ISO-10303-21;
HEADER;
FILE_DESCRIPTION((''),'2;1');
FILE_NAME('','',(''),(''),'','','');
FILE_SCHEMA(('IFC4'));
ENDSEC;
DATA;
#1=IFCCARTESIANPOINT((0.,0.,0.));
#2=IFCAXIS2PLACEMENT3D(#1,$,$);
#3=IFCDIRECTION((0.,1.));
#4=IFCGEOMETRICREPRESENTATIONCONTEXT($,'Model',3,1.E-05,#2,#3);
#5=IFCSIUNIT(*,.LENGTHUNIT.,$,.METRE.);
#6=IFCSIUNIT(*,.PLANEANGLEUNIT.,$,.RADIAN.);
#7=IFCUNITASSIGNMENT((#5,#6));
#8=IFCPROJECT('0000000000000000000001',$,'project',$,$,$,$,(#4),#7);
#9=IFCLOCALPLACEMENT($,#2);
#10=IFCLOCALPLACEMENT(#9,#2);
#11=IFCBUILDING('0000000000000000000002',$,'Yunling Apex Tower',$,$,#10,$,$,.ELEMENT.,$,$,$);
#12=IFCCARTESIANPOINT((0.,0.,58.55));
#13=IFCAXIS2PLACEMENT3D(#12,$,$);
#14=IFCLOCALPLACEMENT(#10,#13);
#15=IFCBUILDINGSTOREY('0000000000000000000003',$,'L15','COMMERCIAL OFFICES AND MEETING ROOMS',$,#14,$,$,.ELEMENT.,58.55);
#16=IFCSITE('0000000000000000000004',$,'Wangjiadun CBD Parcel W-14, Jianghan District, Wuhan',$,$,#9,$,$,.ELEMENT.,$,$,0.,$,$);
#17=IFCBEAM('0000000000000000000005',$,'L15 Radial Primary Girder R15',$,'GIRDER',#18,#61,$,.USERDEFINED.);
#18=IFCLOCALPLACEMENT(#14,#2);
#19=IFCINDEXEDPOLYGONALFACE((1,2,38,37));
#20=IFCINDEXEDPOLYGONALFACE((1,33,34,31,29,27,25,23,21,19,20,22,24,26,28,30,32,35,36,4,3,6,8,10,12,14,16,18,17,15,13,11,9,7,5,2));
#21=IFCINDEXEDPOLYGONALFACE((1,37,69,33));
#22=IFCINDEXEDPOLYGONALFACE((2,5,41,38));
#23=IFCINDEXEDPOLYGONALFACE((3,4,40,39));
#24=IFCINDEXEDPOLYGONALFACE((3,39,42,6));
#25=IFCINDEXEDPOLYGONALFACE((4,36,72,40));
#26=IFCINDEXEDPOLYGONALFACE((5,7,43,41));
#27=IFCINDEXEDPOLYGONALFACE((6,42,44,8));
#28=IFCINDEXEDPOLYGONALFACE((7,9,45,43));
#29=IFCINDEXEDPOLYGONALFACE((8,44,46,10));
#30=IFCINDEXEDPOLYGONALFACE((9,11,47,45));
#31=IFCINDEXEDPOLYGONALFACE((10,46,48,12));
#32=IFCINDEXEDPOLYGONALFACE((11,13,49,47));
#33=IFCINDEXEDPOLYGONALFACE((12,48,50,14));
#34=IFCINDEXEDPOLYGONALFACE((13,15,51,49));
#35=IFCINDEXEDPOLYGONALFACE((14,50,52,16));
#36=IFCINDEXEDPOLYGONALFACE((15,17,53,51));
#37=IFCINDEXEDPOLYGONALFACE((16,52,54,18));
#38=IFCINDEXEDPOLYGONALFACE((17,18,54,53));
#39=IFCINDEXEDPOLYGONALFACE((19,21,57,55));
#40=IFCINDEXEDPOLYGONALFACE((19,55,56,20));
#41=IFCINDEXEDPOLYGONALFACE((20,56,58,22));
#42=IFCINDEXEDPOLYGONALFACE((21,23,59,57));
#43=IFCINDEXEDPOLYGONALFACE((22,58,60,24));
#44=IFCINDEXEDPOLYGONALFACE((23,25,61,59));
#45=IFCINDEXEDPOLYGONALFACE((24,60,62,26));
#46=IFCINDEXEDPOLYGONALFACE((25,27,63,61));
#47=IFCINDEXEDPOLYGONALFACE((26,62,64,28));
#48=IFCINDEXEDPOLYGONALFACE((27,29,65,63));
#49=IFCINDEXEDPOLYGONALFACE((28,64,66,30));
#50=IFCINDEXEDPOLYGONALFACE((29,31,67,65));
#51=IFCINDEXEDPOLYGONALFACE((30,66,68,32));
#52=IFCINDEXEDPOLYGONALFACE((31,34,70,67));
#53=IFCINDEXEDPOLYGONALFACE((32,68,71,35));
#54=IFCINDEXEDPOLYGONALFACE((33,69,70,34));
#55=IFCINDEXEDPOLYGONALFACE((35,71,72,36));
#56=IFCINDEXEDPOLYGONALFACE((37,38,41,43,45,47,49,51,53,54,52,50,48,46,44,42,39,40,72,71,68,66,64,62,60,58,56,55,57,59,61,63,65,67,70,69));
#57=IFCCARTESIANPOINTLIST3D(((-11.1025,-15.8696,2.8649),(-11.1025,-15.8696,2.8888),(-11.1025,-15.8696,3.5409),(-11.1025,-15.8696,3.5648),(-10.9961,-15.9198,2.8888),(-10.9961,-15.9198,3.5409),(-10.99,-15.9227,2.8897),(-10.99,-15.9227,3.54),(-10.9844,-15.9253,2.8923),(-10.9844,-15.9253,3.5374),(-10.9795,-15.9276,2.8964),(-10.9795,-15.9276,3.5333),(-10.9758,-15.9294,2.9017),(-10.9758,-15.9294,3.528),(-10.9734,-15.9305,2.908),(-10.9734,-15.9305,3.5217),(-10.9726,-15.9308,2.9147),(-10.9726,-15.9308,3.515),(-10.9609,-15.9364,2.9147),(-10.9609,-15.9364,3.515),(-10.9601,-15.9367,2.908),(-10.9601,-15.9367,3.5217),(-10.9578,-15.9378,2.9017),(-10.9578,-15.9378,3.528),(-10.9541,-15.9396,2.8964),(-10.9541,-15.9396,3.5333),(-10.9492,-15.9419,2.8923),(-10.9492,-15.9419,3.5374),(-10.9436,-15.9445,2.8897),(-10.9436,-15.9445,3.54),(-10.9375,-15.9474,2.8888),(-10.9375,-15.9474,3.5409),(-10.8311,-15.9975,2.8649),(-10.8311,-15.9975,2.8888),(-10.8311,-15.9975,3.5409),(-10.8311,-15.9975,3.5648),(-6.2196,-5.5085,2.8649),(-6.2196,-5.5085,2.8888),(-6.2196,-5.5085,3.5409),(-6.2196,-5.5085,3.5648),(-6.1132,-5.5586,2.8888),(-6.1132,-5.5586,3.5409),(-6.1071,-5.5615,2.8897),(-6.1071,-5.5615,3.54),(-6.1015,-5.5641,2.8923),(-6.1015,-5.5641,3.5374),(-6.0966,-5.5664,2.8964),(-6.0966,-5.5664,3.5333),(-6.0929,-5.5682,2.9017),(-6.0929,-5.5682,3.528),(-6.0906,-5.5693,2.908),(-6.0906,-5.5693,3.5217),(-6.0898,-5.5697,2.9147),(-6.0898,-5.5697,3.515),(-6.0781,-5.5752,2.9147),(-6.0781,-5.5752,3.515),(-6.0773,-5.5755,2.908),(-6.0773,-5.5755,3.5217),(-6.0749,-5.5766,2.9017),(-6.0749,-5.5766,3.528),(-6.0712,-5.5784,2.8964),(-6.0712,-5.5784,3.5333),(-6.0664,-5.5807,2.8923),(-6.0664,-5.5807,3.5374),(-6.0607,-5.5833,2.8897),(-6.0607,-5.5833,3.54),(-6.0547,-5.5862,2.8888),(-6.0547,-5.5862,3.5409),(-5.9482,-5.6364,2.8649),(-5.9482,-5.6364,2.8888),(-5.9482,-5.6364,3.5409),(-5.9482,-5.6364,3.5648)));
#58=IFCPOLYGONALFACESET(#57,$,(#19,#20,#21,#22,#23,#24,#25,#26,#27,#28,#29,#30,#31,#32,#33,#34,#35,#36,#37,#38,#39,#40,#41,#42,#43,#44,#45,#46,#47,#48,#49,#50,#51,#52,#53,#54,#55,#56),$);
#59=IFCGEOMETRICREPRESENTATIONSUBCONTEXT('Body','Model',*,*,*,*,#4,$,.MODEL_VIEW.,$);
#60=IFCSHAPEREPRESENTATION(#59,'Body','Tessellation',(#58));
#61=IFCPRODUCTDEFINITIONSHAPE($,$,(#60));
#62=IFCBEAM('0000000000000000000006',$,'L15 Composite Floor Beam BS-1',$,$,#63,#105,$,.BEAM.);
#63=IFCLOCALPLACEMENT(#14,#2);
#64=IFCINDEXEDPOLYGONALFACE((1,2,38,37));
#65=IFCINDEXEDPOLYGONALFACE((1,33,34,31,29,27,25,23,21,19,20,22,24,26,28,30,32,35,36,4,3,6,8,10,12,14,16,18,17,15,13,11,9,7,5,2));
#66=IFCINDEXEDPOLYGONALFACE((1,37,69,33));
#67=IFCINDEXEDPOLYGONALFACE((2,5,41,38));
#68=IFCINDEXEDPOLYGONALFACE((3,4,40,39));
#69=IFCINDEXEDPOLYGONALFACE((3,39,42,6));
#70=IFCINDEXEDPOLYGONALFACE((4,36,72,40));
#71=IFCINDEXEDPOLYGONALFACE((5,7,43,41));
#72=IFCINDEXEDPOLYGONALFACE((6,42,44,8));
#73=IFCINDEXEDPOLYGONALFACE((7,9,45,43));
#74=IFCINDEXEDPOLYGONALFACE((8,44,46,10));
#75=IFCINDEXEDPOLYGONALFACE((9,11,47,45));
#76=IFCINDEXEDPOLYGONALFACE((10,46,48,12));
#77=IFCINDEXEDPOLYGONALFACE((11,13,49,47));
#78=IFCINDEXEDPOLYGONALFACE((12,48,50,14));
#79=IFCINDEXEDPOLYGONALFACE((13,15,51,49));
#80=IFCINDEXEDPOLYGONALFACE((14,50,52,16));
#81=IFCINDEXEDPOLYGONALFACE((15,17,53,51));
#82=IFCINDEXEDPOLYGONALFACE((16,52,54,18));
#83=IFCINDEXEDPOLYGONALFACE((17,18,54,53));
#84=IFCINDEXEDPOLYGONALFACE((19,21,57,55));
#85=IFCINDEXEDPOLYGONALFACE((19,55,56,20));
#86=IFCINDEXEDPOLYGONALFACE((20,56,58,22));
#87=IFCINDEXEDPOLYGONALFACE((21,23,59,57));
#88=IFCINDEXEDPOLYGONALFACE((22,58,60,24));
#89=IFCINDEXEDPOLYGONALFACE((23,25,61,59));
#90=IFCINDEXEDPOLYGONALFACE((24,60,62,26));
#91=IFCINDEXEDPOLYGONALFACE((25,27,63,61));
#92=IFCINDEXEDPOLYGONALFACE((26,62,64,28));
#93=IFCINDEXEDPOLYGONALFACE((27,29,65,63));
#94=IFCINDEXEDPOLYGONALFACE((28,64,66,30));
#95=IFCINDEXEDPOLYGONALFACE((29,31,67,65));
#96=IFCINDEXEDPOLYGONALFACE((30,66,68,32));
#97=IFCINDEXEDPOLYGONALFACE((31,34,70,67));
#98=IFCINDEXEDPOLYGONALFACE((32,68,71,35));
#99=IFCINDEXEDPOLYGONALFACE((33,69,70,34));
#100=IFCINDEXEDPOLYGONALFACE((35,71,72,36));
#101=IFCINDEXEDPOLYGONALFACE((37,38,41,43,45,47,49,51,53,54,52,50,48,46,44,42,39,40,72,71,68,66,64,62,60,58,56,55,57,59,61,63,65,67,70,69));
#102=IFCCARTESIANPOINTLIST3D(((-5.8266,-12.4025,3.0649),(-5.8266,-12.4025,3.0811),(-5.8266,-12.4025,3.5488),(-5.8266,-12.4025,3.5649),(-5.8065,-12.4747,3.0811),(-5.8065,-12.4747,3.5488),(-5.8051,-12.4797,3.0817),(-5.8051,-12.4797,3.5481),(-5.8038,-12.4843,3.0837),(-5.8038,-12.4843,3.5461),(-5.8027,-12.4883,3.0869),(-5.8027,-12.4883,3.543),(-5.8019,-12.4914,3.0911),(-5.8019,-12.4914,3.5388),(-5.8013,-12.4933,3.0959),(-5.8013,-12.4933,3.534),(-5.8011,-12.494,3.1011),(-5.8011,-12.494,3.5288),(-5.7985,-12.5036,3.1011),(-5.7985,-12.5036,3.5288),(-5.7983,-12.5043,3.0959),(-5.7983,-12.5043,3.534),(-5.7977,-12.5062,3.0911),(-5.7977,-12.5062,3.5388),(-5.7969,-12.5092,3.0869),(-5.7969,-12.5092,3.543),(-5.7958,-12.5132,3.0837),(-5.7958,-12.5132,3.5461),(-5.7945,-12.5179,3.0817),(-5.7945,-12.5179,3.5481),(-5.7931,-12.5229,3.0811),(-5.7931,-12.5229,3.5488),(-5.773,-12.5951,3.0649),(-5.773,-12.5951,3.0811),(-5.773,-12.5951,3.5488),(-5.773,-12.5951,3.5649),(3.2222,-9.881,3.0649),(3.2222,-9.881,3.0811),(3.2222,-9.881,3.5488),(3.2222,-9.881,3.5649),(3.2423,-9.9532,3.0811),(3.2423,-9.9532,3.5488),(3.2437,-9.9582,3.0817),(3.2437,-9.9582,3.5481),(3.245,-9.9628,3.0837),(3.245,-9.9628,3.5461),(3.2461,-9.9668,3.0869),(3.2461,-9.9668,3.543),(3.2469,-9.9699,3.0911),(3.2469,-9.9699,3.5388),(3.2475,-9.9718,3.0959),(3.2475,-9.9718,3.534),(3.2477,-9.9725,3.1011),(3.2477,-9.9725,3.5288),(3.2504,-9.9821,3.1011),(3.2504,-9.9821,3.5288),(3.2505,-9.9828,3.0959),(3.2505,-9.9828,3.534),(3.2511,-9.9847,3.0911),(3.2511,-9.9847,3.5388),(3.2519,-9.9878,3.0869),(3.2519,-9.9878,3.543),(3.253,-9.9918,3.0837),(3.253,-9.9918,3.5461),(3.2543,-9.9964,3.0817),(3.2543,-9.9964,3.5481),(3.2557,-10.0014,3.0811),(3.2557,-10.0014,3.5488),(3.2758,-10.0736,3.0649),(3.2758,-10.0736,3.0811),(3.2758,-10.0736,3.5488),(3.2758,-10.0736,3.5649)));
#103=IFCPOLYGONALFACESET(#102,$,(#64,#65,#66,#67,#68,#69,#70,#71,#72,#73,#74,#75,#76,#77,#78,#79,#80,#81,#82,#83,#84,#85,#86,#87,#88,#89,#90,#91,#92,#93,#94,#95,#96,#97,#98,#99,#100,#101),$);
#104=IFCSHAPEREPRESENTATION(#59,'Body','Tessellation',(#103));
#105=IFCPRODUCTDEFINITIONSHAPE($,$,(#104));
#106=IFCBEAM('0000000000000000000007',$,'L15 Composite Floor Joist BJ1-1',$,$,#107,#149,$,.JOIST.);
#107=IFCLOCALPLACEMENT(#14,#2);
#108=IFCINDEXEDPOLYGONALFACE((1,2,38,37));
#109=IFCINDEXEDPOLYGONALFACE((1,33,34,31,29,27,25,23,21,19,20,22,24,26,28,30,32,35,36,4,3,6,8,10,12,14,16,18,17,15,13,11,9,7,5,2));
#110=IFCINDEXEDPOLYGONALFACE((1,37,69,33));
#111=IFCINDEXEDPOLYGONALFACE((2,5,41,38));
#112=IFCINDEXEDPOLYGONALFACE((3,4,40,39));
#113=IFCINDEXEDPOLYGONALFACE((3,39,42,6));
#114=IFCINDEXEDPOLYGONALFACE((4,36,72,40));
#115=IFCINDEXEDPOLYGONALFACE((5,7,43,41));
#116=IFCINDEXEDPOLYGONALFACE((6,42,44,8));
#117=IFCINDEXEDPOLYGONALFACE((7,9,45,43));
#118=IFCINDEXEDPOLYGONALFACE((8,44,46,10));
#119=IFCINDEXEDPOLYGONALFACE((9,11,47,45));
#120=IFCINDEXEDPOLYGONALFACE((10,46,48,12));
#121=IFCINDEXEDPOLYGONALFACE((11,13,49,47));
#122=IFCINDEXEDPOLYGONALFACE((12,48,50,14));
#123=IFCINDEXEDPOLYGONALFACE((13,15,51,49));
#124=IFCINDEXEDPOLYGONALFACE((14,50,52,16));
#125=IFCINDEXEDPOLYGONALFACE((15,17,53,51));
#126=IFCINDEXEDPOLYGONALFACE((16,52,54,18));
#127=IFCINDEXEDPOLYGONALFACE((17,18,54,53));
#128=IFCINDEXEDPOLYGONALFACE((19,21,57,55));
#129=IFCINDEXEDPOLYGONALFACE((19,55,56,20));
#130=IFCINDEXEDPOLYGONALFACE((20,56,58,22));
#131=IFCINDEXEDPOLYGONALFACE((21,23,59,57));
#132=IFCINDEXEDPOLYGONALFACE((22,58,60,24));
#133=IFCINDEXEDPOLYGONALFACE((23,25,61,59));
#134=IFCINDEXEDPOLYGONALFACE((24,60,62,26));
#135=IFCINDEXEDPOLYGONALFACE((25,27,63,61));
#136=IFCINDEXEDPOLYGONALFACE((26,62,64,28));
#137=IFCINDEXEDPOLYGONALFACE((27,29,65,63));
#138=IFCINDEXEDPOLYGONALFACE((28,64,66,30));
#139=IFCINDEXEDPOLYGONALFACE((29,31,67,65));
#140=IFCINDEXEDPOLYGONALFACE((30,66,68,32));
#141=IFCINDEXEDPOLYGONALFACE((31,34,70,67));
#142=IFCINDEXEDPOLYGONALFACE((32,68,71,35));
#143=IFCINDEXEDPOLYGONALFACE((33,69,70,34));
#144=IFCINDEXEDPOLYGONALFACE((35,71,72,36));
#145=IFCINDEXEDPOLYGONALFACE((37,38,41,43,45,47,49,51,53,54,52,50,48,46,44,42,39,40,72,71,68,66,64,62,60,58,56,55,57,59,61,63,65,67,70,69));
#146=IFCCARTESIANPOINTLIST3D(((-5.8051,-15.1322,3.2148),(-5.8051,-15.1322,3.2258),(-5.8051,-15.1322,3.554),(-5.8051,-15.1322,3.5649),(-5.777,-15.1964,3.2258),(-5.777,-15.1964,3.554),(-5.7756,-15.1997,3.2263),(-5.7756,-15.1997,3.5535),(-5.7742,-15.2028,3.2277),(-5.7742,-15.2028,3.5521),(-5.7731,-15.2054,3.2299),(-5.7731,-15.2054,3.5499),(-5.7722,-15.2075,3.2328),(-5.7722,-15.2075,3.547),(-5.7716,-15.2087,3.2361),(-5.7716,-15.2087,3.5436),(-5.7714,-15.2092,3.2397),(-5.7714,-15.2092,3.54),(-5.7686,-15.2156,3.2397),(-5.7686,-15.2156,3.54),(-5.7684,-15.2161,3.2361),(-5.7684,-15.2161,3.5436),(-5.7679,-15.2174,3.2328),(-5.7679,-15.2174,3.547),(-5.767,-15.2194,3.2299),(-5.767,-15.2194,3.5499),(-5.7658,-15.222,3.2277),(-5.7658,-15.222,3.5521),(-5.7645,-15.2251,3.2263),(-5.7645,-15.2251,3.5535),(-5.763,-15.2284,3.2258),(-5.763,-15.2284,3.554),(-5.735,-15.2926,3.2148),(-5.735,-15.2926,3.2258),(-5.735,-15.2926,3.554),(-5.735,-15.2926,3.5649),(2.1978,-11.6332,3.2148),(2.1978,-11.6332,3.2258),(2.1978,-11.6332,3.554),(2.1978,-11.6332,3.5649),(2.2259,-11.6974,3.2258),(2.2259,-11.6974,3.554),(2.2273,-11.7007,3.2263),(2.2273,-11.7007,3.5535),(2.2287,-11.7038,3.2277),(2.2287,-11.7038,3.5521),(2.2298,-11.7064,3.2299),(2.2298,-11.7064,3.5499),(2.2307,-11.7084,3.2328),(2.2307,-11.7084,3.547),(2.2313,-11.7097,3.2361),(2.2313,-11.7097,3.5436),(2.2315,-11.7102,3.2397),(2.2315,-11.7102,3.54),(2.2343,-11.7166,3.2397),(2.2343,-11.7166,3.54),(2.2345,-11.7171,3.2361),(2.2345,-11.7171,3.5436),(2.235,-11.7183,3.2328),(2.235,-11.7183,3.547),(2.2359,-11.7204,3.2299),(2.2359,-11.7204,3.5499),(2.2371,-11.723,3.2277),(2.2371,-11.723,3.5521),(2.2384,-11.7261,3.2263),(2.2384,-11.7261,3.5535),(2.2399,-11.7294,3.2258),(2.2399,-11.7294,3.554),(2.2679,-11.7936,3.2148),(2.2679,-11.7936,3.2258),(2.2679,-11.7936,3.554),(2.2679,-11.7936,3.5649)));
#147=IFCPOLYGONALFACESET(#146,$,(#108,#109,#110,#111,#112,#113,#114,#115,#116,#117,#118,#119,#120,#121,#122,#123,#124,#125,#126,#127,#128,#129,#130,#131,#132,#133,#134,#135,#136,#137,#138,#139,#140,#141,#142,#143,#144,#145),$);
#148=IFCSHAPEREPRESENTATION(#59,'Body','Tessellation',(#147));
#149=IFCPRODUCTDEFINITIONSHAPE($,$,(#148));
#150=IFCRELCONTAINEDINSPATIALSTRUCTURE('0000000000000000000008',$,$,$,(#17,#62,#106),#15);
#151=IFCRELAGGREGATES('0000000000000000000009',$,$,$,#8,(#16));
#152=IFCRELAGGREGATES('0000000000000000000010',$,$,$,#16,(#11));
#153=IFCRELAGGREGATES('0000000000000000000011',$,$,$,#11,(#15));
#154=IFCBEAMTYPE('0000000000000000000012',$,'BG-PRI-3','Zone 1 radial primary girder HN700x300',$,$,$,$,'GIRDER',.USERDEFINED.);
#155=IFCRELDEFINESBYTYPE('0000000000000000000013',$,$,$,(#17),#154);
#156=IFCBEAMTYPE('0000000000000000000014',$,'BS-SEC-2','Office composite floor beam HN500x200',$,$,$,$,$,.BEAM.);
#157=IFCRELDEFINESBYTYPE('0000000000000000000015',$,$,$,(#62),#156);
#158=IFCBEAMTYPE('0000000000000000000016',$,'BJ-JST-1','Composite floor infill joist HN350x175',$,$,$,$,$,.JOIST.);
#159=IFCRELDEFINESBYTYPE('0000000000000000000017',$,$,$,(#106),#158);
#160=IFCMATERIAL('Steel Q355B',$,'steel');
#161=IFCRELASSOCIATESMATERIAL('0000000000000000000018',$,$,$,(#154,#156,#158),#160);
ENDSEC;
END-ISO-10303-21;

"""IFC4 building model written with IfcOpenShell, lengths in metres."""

from ifc_helpers import new_model, si_unit, direction, frame, origin, origin_2d, place, context, subcontext, project, spatial, i_section, extrude, source, transform, mapped, material, material_profile, profile_set, type_object, element, save


model = new_model("IFC4")

# Units and contexts
model_context = context("Model", 3, precision=1e-05, world=origin(), true_north=direction((0.0, 1.0)))
body_context = subcontext(model_context, "Body", "Model", "MODEL_VIEW")
ifc_project = project(units=[si_unit("LENGTHUNIT", "METRE"), si_unit("PLANEANGLEUNIT", "RADIAN")], contexts=[model_context])

# Site, building, storey
site_placement = place(None, origin())
site = spatial("IfcSite", under=ifc_project, at=site_placement, Name="Wangjiadun CBD Parcel W-14, Jianghan District, Wuhan", CompositionType="ELEMENT", RefElevation=0.0)
building_placement = place(site_placement, origin())
building = spatial("IfcBuilding", under=site, at=building_placement, Name="Yunling Apex Tower", CompositionType="ELEMENT")
storey_placement = place(building_placement, frame((0.0, 0.0, 58.55)))
storey = spatial("IfcBuildingStorey", under=building, at=storey_placement, Name="L15", Description="COMMERCIAL OFFICES AND MEETING ROOMS", CompositionType="ELEMENT", Elevation=58.55)

# Beams
ifc_material_1 = material(Name="Steel Q355B", Category="steel")
ifc_material_profile_1 = material_profile(ifc_material_1, i_section(OverallWidth=0.3, OverallDepth=0.7, WebThickness=0.0129, FlangeThickness=0.0239, FilletRadius=0.0259, at=origin_2d()))
ifc_profile_set_1 = profile_set([ifc_material_profile_1], Name="Steel Q355B")
beam_type_1 = type_object("IfcBeamType", Name="BG-PRI-3", Description="Zone 1 radial primary girder HN700x300", ElementType="GIRDER", PredefinedType="USERDEFINED", material=ifc_profile_set_1)
shared_shape_1 = source(origin(), body_context, "Body", "SweptSolid", [
    extrude(i_section(OverallWidth=0.3, OverallDepth=0.7, WebThickness=0.0129, FlangeThickness=0.0239, FilletRadius=0.0259, at=origin_2d()), origin(), (0.0, 0.0, 1.0), 11.4541),
])
beam_1_placement = place(storey_placement, frame((-10.9668, -15.9336, 3.2148), z_axis=(0.426298, 0.904583, 0.0), x_axis=(-0.904583, 0.426298, 0.0)))
element("IfcBeam", 1, at=beam_1_placement, inside=storey, type_object=beam_type_1, Name="L15 Radial Primary Girder R15", ObjectType="GIRDER", PredefinedType="USERDEFINED", context=body_context, shape_type="MappedRepresentation", body=[
    mapped(shared_shape_1, transform((0.0, 0.0, 0.0), scale=1.0)),
])
ifc_material_profile_2 = material_profile(ifc_material_1, i_section(OverallWidth=0.2, OverallDepth=0.5, WebThickness=0.01, FlangeThickness=0.0161, FilletRadius=0.02, at=origin_2d()))
ifc_profile_set_2 = profile_set([ifc_material_profile_2], Name="Steel Q355B")
beam_type_2 = type_object("IfcBeamType", Name="BS-SEC-2", Description="Office composite floor beam HN500x200", PredefinedType="BEAM", material=ifc_profile_set_2)
shared_shape_2 = source(origin(), body_context, "Body", "SweptSolid", [
    extrude(i_section(OverallWidth=0.2, OverallDepth=0.5, WebThickness=0.01, FlangeThickness=0.0161, FilletRadius=0.02, at=origin_2d()), origin(), (0.0, 0.0, 1.0), 9.3936),
])
beam_2_placement = place(storey_placement, frame((-5.7998, -12.4988, 3.3149), z_axis=(0.9633, 0.268427, 0.0), x_axis=(-0.268427, 0.9633, 0.0)))
element("IfcBeam", 2, at=beam_2_placement, inside=storey, type_object=beam_type_2, Name="L15 Composite Floor Beam BS-1", PredefinedType="BEAM", context=body_context, shape_type="MappedRepresentation", body=[
    mapped(shared_shape_2, transform((0.0, 0.0, 0.0), scale=1.0)),
])
ifc_material_profile_3 = material_profile(ifc_material_1, i_section(OverallWidth=0.175, OverallDepth=0.3501, WebThickness=0.0071, FlangeThickness=0.011, FilletRadius=0.0139, at=origin_2d()))
ifc_profile_set_3 = profile_set([ifc_material_profile_3], Name="Steel Q355B")
beam_type_3 = type_object("IfcBeamType", Name="BJ-JST-1", Description="Composite floor infill joist HN350x175", PredefinedType="JOIST", material=ifc_profile_set_3)
shared_shape_3 = source(origin(), body_context, "Body", "SweptSolid", [
    extrude(i_section(OverallWidth=0.175, OverallDepth=0.3501, WebThickness=0.0071, FlangeThickness=0.011, FilletRadius=0.0139, at=origin_2d()), origin(), (0.0, 0.0, 1.0), 8.7344),
])
beam_3_placement = place(storey_placement, frame((-5.77, -15.2124, 3.3899), z_axis=(0.916252, 0.400602, 0.0), x_axis=(-0.400602, 0.916252, 0.0)))
element("IfcBeam", 3, at=beam_3_placement, inside=storey, type_object=beam_type_3, Name="L15 Composite Floor Joist BJ1-1", PredefinedType="JOIST", context=body_context, shape_type="MappedRepresentation", body=[
    mapped(shared_shape_3, transform((0.0, 0.0, 0.0), scale=1.0)),
])

save(model, "model.ifc")
